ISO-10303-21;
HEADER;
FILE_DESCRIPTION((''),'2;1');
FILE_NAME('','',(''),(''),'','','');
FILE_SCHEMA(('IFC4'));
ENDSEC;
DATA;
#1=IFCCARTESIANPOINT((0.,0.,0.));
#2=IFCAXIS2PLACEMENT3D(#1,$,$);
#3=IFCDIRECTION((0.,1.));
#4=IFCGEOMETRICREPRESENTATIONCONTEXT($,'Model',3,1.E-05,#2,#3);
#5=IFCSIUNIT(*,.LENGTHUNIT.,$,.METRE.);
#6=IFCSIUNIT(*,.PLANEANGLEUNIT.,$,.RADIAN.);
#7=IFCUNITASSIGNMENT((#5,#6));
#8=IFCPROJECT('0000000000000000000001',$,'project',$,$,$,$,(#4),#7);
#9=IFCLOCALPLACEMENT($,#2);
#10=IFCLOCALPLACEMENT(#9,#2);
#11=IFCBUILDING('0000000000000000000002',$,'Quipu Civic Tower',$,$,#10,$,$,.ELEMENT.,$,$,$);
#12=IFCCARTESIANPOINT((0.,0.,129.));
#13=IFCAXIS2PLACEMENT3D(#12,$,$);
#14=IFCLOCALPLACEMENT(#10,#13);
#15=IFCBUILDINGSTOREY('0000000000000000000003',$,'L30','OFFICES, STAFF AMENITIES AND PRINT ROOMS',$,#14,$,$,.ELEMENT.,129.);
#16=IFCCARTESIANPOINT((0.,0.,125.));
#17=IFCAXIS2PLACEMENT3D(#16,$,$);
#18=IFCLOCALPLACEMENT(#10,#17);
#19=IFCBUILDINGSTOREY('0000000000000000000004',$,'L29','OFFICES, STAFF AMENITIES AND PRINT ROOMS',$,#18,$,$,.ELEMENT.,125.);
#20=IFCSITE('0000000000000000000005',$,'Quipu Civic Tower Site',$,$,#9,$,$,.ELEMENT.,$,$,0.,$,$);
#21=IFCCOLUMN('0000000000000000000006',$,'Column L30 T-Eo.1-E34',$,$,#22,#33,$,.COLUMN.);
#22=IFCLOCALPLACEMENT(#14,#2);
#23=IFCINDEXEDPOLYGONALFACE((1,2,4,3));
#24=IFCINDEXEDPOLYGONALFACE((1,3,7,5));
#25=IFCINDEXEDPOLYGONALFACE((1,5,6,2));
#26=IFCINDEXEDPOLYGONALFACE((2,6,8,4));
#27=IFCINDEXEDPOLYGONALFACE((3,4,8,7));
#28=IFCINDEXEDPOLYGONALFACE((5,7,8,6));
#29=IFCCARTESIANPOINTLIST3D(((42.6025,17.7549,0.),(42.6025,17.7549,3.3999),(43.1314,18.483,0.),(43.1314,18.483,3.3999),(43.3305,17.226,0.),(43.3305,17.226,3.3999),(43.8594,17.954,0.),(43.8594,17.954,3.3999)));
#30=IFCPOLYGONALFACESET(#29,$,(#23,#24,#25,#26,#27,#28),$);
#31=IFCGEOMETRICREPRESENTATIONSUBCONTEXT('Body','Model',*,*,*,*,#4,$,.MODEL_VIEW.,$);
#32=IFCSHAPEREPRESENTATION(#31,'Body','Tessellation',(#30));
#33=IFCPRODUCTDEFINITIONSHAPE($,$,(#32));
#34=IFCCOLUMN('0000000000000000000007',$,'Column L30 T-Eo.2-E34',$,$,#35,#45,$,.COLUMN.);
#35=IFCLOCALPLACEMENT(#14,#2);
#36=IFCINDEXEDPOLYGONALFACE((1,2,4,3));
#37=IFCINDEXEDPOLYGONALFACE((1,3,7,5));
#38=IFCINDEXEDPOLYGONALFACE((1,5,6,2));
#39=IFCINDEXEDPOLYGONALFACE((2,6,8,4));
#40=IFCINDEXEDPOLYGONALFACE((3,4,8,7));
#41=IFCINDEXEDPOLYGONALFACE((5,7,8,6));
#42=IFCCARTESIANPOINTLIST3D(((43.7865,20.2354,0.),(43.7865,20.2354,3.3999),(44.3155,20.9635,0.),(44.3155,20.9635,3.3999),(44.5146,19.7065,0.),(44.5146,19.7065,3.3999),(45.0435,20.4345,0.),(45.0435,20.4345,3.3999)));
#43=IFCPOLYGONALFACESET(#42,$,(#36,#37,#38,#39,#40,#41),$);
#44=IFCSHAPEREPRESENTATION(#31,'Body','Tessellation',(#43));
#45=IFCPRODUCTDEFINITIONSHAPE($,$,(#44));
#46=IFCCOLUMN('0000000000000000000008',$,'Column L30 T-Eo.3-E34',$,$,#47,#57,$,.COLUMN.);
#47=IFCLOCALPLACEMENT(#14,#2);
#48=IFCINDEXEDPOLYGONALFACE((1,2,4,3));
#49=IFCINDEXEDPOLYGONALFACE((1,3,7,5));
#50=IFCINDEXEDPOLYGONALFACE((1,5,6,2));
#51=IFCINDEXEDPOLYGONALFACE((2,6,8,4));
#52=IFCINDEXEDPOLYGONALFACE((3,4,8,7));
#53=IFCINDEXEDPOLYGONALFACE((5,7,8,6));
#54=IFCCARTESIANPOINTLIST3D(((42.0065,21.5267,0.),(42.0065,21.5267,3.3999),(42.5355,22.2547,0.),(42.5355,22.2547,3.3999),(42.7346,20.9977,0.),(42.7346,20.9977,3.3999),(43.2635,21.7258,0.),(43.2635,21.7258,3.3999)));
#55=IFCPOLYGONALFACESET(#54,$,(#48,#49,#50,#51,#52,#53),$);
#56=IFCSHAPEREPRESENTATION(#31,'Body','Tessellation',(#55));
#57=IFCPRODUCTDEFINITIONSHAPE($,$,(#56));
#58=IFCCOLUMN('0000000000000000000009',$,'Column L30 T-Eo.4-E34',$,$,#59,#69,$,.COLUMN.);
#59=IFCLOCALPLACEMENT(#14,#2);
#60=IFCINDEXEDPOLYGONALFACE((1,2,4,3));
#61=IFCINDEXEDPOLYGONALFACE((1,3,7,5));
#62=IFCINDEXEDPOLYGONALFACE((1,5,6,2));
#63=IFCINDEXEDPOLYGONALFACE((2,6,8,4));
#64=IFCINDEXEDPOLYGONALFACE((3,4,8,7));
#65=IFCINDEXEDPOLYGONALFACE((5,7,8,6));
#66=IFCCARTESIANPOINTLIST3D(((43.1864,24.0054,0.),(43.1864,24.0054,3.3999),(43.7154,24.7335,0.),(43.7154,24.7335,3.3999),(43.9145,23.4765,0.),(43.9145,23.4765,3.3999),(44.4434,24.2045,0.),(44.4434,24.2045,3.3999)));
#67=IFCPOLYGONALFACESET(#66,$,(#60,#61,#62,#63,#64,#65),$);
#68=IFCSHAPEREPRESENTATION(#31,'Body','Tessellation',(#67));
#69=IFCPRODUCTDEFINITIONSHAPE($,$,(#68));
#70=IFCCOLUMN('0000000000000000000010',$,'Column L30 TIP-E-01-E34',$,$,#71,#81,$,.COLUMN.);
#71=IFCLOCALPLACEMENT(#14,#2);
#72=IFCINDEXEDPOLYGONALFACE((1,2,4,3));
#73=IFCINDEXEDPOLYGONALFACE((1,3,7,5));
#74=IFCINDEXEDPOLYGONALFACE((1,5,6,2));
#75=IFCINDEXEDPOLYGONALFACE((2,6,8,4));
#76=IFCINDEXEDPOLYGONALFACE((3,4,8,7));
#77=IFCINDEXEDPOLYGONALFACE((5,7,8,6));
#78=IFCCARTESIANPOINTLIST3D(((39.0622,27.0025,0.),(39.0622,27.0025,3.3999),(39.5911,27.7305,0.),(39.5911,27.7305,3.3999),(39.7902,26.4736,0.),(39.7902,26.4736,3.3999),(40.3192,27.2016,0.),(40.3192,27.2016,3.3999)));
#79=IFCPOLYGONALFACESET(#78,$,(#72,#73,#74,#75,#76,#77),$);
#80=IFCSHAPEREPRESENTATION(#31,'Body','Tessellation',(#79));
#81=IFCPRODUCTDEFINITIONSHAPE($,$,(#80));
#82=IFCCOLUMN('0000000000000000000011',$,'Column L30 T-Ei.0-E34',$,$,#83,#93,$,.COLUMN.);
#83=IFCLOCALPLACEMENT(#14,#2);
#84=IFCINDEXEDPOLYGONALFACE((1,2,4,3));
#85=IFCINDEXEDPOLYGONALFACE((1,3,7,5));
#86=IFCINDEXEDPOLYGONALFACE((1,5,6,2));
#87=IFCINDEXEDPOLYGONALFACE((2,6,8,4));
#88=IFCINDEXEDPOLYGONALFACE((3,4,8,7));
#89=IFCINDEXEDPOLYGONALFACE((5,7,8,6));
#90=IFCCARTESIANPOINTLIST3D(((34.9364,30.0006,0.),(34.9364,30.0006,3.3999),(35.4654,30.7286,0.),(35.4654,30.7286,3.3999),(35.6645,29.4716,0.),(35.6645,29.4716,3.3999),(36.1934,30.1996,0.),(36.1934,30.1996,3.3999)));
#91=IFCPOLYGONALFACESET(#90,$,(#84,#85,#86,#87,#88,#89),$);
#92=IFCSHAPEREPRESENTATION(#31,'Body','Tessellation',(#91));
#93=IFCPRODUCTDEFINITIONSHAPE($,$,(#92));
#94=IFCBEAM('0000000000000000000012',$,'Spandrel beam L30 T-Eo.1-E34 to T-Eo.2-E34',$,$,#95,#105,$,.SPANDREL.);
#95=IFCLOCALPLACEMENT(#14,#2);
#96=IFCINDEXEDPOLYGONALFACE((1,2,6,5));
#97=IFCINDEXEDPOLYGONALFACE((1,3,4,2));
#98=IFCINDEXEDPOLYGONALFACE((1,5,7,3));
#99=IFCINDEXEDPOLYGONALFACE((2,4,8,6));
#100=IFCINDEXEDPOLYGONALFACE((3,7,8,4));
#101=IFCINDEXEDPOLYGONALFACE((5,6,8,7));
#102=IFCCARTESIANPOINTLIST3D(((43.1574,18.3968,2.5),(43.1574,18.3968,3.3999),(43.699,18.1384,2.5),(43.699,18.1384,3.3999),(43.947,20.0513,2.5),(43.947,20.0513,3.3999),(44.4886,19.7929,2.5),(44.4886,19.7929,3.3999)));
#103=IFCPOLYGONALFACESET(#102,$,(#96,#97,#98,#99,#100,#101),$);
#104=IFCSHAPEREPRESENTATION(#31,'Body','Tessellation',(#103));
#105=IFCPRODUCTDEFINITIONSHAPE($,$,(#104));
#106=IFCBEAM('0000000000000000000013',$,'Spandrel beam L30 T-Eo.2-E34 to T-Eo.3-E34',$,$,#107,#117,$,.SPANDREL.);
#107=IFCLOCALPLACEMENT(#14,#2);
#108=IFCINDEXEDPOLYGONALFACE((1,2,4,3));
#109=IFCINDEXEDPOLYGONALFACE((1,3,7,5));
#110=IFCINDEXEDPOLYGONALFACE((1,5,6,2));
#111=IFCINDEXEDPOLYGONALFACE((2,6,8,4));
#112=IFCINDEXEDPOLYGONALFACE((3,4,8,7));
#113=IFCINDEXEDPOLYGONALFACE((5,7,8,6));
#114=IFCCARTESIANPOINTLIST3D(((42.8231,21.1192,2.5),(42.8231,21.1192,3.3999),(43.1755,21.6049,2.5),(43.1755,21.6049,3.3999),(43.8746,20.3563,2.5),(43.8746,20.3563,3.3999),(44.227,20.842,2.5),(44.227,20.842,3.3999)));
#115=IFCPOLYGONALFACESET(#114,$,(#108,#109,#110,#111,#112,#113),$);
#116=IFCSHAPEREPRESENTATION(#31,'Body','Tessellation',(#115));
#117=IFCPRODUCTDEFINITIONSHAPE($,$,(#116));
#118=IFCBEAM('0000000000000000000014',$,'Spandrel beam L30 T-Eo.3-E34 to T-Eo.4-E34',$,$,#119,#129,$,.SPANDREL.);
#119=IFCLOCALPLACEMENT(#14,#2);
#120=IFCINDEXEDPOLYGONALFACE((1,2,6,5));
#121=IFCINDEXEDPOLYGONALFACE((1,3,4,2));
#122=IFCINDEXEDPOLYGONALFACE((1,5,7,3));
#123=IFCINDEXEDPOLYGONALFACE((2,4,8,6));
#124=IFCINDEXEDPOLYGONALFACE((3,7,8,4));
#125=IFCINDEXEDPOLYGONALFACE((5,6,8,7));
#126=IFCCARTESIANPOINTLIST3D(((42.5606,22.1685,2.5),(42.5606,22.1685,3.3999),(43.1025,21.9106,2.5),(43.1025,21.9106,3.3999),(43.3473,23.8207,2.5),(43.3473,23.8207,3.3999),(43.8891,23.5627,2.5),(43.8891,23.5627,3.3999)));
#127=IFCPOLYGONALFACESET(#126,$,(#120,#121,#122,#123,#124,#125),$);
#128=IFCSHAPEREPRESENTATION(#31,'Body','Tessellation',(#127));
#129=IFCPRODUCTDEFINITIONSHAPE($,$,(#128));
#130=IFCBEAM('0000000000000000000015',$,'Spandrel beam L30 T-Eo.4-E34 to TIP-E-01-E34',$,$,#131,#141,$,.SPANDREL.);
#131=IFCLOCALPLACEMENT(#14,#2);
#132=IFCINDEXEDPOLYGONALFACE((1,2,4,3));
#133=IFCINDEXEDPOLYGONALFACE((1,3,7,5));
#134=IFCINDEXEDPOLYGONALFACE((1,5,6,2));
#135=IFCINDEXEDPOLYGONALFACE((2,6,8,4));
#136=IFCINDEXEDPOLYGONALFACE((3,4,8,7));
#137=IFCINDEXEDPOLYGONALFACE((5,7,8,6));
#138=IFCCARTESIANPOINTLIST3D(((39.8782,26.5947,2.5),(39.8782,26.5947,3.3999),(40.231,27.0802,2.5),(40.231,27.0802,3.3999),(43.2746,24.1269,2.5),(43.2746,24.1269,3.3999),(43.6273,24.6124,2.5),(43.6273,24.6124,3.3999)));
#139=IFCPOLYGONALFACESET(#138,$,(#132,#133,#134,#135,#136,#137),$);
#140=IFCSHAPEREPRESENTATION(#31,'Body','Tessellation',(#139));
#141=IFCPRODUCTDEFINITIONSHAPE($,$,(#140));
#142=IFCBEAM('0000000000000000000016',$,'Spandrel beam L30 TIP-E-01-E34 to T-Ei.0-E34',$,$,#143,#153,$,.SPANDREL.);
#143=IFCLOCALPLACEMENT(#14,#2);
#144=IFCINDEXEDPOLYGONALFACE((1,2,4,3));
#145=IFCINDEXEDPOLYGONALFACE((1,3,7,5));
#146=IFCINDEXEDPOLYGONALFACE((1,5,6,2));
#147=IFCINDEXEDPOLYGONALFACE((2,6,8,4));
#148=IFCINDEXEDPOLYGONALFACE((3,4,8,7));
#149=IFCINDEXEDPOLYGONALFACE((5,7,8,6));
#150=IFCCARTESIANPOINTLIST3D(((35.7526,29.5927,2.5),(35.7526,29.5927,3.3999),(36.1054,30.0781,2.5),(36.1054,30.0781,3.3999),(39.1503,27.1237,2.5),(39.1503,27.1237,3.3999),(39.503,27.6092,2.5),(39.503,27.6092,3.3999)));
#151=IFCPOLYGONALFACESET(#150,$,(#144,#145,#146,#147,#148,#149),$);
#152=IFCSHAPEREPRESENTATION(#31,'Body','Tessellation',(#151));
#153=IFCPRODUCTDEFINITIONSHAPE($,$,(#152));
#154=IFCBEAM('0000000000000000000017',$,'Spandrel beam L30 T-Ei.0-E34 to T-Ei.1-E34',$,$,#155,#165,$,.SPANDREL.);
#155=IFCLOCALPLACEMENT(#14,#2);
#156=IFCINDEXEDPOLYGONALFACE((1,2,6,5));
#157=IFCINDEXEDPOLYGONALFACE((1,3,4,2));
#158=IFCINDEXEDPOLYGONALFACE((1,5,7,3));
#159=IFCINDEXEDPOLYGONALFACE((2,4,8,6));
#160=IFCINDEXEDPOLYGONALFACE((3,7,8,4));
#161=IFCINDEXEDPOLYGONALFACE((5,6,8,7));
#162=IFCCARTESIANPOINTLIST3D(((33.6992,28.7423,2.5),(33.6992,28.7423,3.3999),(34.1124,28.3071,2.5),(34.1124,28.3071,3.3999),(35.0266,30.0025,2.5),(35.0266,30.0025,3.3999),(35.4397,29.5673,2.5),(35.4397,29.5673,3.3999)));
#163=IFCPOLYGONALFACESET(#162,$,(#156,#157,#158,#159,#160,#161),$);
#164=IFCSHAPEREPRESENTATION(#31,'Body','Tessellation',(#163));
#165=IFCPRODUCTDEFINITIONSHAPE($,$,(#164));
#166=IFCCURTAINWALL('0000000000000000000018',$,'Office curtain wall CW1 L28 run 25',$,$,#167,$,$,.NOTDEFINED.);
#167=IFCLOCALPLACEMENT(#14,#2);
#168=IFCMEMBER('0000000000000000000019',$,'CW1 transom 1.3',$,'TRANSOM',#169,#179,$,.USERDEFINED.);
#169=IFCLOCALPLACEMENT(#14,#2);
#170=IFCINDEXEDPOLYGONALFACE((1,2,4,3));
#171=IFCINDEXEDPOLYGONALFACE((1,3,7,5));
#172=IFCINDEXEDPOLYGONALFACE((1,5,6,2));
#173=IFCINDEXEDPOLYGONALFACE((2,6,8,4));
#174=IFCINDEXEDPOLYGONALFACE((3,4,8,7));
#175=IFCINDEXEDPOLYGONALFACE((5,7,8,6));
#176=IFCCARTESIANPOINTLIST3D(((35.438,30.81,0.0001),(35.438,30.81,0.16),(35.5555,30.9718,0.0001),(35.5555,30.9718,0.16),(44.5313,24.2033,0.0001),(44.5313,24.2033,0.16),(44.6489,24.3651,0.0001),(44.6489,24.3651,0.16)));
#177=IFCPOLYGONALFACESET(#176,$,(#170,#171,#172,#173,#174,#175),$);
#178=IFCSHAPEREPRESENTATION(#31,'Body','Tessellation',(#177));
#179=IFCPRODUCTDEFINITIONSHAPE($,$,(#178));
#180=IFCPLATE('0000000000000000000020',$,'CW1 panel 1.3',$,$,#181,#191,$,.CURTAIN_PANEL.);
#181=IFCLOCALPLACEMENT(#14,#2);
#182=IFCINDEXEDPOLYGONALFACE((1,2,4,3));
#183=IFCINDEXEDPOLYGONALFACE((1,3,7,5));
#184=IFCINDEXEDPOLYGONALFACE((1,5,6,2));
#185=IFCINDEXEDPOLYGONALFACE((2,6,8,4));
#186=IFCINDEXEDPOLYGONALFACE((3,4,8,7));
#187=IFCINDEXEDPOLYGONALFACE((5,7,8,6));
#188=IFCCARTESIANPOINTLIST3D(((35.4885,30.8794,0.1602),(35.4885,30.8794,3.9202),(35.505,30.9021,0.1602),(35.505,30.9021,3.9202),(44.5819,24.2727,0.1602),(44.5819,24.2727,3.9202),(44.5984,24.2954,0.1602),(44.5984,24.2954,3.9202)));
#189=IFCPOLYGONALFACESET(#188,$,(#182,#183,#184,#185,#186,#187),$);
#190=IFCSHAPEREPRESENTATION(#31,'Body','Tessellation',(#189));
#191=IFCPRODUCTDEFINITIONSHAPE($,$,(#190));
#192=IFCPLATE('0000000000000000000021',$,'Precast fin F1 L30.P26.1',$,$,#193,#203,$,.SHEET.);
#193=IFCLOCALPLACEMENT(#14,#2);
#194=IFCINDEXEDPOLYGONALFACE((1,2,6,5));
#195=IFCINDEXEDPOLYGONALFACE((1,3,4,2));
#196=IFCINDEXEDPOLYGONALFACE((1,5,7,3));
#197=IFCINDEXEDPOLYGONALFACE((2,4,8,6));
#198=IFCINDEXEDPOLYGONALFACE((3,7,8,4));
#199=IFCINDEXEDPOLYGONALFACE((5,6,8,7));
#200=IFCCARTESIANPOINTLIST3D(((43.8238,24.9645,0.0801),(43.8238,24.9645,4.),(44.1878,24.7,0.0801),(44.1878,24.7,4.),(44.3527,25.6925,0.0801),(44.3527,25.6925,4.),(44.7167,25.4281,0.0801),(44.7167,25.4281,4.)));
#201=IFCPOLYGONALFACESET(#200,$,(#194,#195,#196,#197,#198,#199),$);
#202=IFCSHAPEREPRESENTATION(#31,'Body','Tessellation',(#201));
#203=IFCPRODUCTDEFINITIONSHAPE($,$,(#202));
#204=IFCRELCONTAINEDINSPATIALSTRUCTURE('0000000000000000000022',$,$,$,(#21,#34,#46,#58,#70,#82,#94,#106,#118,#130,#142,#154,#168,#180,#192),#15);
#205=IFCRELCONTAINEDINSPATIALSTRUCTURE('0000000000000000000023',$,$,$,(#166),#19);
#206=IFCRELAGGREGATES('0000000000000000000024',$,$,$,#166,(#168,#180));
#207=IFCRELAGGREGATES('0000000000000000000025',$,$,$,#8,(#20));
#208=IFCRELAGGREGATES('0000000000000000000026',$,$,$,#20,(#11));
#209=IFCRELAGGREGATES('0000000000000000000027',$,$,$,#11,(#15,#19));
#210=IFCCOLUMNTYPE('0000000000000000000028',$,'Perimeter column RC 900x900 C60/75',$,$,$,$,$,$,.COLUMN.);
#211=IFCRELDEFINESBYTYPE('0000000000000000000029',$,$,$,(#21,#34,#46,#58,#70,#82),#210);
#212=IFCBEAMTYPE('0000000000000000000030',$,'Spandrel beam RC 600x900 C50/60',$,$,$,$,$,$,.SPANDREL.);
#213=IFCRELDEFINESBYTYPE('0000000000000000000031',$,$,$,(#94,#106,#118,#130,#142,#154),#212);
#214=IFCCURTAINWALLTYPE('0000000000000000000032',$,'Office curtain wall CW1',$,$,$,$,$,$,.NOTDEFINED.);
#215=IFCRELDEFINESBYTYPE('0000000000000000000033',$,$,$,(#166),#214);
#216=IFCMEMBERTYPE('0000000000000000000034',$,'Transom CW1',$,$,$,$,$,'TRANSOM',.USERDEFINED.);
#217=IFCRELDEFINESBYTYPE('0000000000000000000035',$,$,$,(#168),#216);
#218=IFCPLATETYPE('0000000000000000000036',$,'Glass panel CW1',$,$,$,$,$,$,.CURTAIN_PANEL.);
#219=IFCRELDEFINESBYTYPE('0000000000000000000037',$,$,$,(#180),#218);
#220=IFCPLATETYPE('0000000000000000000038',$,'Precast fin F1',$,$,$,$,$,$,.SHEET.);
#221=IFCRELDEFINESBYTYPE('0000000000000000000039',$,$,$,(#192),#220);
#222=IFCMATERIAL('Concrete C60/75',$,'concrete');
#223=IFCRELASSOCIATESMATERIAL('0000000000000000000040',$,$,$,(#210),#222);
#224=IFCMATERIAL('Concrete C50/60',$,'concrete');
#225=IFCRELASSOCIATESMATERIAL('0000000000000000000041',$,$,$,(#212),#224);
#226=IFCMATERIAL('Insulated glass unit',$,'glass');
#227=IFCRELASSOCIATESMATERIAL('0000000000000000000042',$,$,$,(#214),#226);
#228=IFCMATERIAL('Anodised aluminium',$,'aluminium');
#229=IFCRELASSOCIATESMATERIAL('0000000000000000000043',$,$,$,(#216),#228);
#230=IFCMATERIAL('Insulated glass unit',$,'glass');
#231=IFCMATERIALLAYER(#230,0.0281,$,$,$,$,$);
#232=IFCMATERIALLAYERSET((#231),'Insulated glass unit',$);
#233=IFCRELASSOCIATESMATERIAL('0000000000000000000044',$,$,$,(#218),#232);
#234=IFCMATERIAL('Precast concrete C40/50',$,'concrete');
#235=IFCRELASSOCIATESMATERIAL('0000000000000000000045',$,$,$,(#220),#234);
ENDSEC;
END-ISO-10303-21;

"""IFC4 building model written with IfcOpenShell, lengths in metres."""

from ifc_helpers import new_model, si_unit, direction, frame, origin, origin_2d, place, context, subcontext, project, spatial, rectangle, extrude, material, layer, layer_set, material_profile, profile_set, type_object, element, aggregate, save


model = new_model("IFC4")

# Units and contexts
model_context = context("Model", 3, precision=1e-05, world=origin(), true_north=direction((0.0, 1.0)))
body_context = subcontext(model_context, "Body", "Model", "MODEL_VIEW")
ifc_project = project(units=[si_unit("LENGTHUNIT", "METRE"), si_unit("PLANEANGLEUNIT", "RADIAN")], contexts=[model_context])

# Site, building, storey
site_placement = place(None, origin())
site = spatial("IfcSite", under=ifc_project, at=site_placement, Name="Quipu Civic Tower Site", CompositionType="ELEMENT", RefElevation=0.0)
building_placement = place(site_placement, origin())
building = spatial("IfcBuilding", under=site, at=building_placement, Name="Quipu Civic Tower", CompositionType="ELEMENT")
storey_1_placement = place(building_placement, frame((0.0, 0.0, 129.0)))
storey_1 = spatial("IfcBuildingStorey", under=building, at=storey_1_placement, Name="L30", Description="OFFICES, STAFF AMENITIES AND PRINT ROOMS", CompositionType="ELEMENT", Elevation=129.0)

# Columns
ifc_material_1 = material(Name="Concrete C60/75", Category="concrete")
ifc_material_profile_1 = material_profile(ifc_material_1, rectangle(XDim=0.8999, YDim=0.8999, at=origin_2d()), Name="RC900x900")
ifc_profile_set_1 = profile_set([ifc_material_profile_1], Name="Concrete C60/75")
column_type = type_object("IfcColumnType", Name="Perimeter column RC 900x900 C60/75", PredefinedType="COLUMN", material=ifc_profile_set_1)
for number, where, z_axis, x_axis, name in (
    (1, (43.231, 17.8545, 0.0), (0.0, 0.0, 1.0), (0.587785, 0.809017, 0.0), "Column L30 T-Eo.1-E34"),
    (2, (44.415, 20.335, 0.0), (0.0, 0.0, 1.0), (0.587785, 0.809017, 0.0), "Column L30 T-Eo.2-E34"),
    (3, (42.635, 21.6262, 0.0), (0.0, 0.0, 1.0), (-0.809017, 0.587785, 0.0), "Column L30 T-Eo.3-E34"),
    (4, (43.8149, 24.105, 0.0), (0.0, 0.0, 1.0), (-0.809017, 0.587785, 0.0), "Column L30 T-Eo.4-E34"),
    (5, (39.6907, 27.1021, 0.0), (0.0, 0.0, 1.0), (-0.809017, 0.587785, 0.0), "Column L30 TIP-E-01-E34"),
    (6, (35.5649, 30.1001, 0.0), (0.0, 0.0, 1.0), (-0.587785, -0.809017, 0.0), "Column L30 T-Ei.0-E34"),
):
    element("IfcColumn", number, at=place(storey_1_placement, frame(where, z_axis=z_axis, x_axis=x_axis)), inside=storey_1, type_object=column_type, Name=name, PredefinedType="COLUMN", context=body_context, shape_type="SweptSolid", body=[
        extrude(rectangle(XDim=0.8999, YDim=0.8999, at=origin_2d()), origin(), (0.0, 0.0, 1.0), 3.3999),
    ])

# Beams
ifc_material_2 = material(Name="Concrete C50/60", Category="concrete")
ifc_material_profile_2 = material_profile(ifc_material_2, rectangle(XDim=0.6001, YDim=0.8999, at=origin_2d()), Name="RC600x900")
ifc_profile_set_2 = profile_set([ifc_material_profile_2], Name="Concrete C50/60")
beam_type = type_object("IfcBeamType", Name="Spandrel beam RC 600x900 C50/60", PredefinedType="SPANDREL", material=ifc_profile_set_2)
beam_1_placement = place(storey_1_placement, frame((43.4282, 18.2676, 2.95), z_axis=(0.430678, 0.902506, 0.0), x_axis=(-0.902506, 0.430678, 0.0)))
element("IfcBeam", 7, at=beam_1_placement, inside=storey_1, type_object=beam_type, Name="Spandrel beam L30 T-Eo.1-E34 to T-Eo.2-E34", PredefinedType="SPANDREL", context=body_context, shape_type="SweptSolid", body=[
    extrude(rectangle(XDim=0.6001, YDim=0.8999, at=origin_2d()), origin(), (0.0, 0.0, 1.0), 1.8333),
])
beam_2_placement = place(storey_1_placement, frame((44.0508, 20.5991, 2.95), z_axis=(-0.809394, 0.587266, 0.0), x_axis=(-0.587266, -0.809394, 0.0)))
element("IfcBeam", 8, at=beam_2_placement, inside=storey_1, type_object=beam_type, Name="Spandrel beam L30 T-Eo.2-E34 to T-Eo.3-E34", PredefinedType="SPANDREL", context=body_context, shape_type="SweptSolid", body=[
    extrude(rectangle(XDim=0.6001, YDim=0.8999, at=origin_2d()), origin(), (0.0, 0.0, 1.0), 1.2991),
])
beam_3_placement = place(storey_1_placement, frame((42.8315, 22.0396, 2.95), z_axis=(0.429892, 0.90288, 0.0), x_axis=(-0.90288, 0.429892, 0.0)))
element("IfcBeam", 9, at=beam_3_placement, inside=storey_1, type_object=beam_type, Name="Spandrel beam L30 T-Eo.3-E34 to T-Eo.4-E34", PredefinedType="SPANDREL", context=body_context, shape_type="SweptSolid", body=[
    extrude(rectangle(XDim=0.6001, YDim=0.8999, at=origin_2d()), origin(), (0.0, 0.0, 1.0), 1.8298),
])
beam_4_placement = place(storey_1_placement, frame((43.4509, 24.3696, 2.95), z_axis=(-0.808987, 0.587826, 0.0), x_axis=(-0.587826, -0.808987, 0.0)))
element("IfcBeam", 10, at=beam_4_placement, inside=storey_1, type_object=beam_type, Name="Spandrel beam L30 T-Eo.4-E34 to TIP-E-01-E34", PredefinedType="SPANDREL", context=body_context, shape_type="SweptSolid", body=[
    extrude(rectangle(XDim=0.6001, YDim=0.8999, at=origin_2d()), origin(), (0.0, 0.0, 1.0), 4.1982),
])
beam_5_placement = place(storey_1_placement, frame((39.3267, 27.3665, 2.95), z_axis=(-0.80897, 0.58785, 0.0), x_axis=(-0.58785, -0.80897, 0.0)))
element("IfcBeam", 11, at=beam_5_placement, inside=storey_1, type_object=beam_type, Name="Spandrel beam L30 TIP-E-01-E34 to T-Ei.0-E34", PredefinedType="SPANDREL", context=body_context, shape_type="SweptSolid", body=[
    extrude(rectangle(XDim=0.6001, YDim=0.8999, at=origin_2d()), origin(), (0.0, 0.0, 1.0), 4.2),
])
beam_6_placement = place(storey_1_placement, frame((35.2332, 29.7849, 2.95), z_axis=(-0.725209, -0.688529, 0.0), x_axis=(0.688529, -0.725209, 0.0)))
element("IfcBeam", 12, at=beam_6_placement, inside=storey_1, type_object=beam_type, Name="Spandrel beam L30 T-Ei.0-E34 to T-Ei.1-E34", PredefinedType="SPANDREL", context=body_context, shape_type="SweptSolid", body=[
    extrude(rectangle(XDim=0.6001, YDim=0.8999, at=origin_2d()), origin(), (0.0, 0.0, 1.0), 1.8303),
])

# Shared definitions
storey_2_placement = place(building_placement, frame((0.0, 0.0, 125.0)))
storey_2 = spatial("IfcBuildingStorey", under=building, at=storey_2_placement, Name="L29", Description="OFFICES, STAFF AMENITIES AND PRINT ROOMS", CompositionType="ELEMENT", Elevation=125.0)

# Curtain wall, member, plate
ifc_material_3 = material(Name="Insulated glass unit", Category="glass")
curtain_wall_type = type_object("IfcCurtainWallType", Name="Office curtain wall CW1", PredefinedType="NOTDEFINED", material=ifc_material_3)
curtain_wall_placement = place(storey_2_placement, origin())
curtain_wall = element("IfcCurtainWall", 13, at=curtain_wall_placement, inside=storey_2, type_object=curtain_wall_type, Name="Office curtain wall CW1 L28 run 25", PredefinedType="NOTDEFINED")
ifc_material_4 = material(Name="Anodised aluminium", Category="aluminium")
ifc_material_profile_3 = material_profile(ifc_material_4, rectangle(XDim=0.2, YDim=0.1599, at=origin_2d()), Name="RECT 200x160")
ifc_profile_set_3 = profile_set([ifc_material_profile_3], Name="Anodised aluminium")
member_type = type_object("IfcMemberType", Name="Transom CW1", ElementType="TRANSOM", PredefinedType="USERDEFINED", material=ifc_profile_set_3)
member_placement = place(storey_1_placement, frame((44.5901, 24.2842, 0.0801), z_axis=(-0.809015, 0.587788, 0.0), x_axis=(-0.587788, -0.809015, 0.0)))
member = element("IfcMember", 14, at=member_placement, inside=storey_1, type_object=member_type, Name="CW1 transom 1.3", ObjectType="TRANSOM", PredefinedType="USERDEFINED", context=body_context, shape_type="SweptSolid", body=[
    extrude(rectangle(XDim=0.2, YDim=0.1599, at=origin_2d()), origin(), (0.0, 0.0, 1.0), 11.24),
])
ifc_material_5 = material(Name="Insulated glass unit", Category="glass")
ifc_layer_1 = layer(ifc_material_5, 0.0281)
ifc_layer_set_1 = layer_set([ifc_layer_1], Name="Insulated glass unit")
plate_type_1 = type_object("IfcPlateType", Name="Glass panel CW1", PredefinedType="CURTAIN_PANEL", material=ifc_layer_set_1)
plate_placement = place(storey_1_placement, frame((40.0435, 27.5874, 0.1602), z_axis=(0.0, 0.0, 1.0), x_axis=(-0.809015, 0.587788, 0.0)))
plate = element("IfcPlate", 15, at=plate_placement, inside=storey_1, type_object=plate_type_1, Name="CW1 panel 1.3", PredefinedType="CURTAIN_PANEL", context=body_context, shape_type="SweptSolid", body=[
    extrude(rectangle(XDim=11.24, YDim=0.0281, at=origin_2d()), origin(), (0.0, 0.0, 1.0), 3.76),
])
aggregate(curtain_wall, [member, plate])

# Plate
ifc_material_6 = material(Name="Precast concrete C40/50", Category="concrete")
plate_type_2 = type_object("IfcPlateType", Name="Precast fin F1", PredefinedType="SHEET", material=ifc_material_6)
for number, where, z_axis, x_axis, name in (
    (16, (44.2703, 25.1963, 0.0801), (0.0, 0.0, 1.0), (-0.809017, 0.587785, 0.0), "Precast fin F1 L30.P26.1"),
):
    element("IfcPlate", number, at=place(storey_1_placement, frame(where, z_axis=z_axis, x_axis=x_axis)), inside=storey_1, type_object=plate_type_2, Name=name, PredefinedType="SHEET", context=body_context, shape_type="SweptSolid", body=[
        extrude(rectangle(XDim=0.45, YDim=0.8999, at=origin_2d()), origin(), (0.0, 0.0, 1.0), 3.9199),
    ])

save(model, "model.ifc")
